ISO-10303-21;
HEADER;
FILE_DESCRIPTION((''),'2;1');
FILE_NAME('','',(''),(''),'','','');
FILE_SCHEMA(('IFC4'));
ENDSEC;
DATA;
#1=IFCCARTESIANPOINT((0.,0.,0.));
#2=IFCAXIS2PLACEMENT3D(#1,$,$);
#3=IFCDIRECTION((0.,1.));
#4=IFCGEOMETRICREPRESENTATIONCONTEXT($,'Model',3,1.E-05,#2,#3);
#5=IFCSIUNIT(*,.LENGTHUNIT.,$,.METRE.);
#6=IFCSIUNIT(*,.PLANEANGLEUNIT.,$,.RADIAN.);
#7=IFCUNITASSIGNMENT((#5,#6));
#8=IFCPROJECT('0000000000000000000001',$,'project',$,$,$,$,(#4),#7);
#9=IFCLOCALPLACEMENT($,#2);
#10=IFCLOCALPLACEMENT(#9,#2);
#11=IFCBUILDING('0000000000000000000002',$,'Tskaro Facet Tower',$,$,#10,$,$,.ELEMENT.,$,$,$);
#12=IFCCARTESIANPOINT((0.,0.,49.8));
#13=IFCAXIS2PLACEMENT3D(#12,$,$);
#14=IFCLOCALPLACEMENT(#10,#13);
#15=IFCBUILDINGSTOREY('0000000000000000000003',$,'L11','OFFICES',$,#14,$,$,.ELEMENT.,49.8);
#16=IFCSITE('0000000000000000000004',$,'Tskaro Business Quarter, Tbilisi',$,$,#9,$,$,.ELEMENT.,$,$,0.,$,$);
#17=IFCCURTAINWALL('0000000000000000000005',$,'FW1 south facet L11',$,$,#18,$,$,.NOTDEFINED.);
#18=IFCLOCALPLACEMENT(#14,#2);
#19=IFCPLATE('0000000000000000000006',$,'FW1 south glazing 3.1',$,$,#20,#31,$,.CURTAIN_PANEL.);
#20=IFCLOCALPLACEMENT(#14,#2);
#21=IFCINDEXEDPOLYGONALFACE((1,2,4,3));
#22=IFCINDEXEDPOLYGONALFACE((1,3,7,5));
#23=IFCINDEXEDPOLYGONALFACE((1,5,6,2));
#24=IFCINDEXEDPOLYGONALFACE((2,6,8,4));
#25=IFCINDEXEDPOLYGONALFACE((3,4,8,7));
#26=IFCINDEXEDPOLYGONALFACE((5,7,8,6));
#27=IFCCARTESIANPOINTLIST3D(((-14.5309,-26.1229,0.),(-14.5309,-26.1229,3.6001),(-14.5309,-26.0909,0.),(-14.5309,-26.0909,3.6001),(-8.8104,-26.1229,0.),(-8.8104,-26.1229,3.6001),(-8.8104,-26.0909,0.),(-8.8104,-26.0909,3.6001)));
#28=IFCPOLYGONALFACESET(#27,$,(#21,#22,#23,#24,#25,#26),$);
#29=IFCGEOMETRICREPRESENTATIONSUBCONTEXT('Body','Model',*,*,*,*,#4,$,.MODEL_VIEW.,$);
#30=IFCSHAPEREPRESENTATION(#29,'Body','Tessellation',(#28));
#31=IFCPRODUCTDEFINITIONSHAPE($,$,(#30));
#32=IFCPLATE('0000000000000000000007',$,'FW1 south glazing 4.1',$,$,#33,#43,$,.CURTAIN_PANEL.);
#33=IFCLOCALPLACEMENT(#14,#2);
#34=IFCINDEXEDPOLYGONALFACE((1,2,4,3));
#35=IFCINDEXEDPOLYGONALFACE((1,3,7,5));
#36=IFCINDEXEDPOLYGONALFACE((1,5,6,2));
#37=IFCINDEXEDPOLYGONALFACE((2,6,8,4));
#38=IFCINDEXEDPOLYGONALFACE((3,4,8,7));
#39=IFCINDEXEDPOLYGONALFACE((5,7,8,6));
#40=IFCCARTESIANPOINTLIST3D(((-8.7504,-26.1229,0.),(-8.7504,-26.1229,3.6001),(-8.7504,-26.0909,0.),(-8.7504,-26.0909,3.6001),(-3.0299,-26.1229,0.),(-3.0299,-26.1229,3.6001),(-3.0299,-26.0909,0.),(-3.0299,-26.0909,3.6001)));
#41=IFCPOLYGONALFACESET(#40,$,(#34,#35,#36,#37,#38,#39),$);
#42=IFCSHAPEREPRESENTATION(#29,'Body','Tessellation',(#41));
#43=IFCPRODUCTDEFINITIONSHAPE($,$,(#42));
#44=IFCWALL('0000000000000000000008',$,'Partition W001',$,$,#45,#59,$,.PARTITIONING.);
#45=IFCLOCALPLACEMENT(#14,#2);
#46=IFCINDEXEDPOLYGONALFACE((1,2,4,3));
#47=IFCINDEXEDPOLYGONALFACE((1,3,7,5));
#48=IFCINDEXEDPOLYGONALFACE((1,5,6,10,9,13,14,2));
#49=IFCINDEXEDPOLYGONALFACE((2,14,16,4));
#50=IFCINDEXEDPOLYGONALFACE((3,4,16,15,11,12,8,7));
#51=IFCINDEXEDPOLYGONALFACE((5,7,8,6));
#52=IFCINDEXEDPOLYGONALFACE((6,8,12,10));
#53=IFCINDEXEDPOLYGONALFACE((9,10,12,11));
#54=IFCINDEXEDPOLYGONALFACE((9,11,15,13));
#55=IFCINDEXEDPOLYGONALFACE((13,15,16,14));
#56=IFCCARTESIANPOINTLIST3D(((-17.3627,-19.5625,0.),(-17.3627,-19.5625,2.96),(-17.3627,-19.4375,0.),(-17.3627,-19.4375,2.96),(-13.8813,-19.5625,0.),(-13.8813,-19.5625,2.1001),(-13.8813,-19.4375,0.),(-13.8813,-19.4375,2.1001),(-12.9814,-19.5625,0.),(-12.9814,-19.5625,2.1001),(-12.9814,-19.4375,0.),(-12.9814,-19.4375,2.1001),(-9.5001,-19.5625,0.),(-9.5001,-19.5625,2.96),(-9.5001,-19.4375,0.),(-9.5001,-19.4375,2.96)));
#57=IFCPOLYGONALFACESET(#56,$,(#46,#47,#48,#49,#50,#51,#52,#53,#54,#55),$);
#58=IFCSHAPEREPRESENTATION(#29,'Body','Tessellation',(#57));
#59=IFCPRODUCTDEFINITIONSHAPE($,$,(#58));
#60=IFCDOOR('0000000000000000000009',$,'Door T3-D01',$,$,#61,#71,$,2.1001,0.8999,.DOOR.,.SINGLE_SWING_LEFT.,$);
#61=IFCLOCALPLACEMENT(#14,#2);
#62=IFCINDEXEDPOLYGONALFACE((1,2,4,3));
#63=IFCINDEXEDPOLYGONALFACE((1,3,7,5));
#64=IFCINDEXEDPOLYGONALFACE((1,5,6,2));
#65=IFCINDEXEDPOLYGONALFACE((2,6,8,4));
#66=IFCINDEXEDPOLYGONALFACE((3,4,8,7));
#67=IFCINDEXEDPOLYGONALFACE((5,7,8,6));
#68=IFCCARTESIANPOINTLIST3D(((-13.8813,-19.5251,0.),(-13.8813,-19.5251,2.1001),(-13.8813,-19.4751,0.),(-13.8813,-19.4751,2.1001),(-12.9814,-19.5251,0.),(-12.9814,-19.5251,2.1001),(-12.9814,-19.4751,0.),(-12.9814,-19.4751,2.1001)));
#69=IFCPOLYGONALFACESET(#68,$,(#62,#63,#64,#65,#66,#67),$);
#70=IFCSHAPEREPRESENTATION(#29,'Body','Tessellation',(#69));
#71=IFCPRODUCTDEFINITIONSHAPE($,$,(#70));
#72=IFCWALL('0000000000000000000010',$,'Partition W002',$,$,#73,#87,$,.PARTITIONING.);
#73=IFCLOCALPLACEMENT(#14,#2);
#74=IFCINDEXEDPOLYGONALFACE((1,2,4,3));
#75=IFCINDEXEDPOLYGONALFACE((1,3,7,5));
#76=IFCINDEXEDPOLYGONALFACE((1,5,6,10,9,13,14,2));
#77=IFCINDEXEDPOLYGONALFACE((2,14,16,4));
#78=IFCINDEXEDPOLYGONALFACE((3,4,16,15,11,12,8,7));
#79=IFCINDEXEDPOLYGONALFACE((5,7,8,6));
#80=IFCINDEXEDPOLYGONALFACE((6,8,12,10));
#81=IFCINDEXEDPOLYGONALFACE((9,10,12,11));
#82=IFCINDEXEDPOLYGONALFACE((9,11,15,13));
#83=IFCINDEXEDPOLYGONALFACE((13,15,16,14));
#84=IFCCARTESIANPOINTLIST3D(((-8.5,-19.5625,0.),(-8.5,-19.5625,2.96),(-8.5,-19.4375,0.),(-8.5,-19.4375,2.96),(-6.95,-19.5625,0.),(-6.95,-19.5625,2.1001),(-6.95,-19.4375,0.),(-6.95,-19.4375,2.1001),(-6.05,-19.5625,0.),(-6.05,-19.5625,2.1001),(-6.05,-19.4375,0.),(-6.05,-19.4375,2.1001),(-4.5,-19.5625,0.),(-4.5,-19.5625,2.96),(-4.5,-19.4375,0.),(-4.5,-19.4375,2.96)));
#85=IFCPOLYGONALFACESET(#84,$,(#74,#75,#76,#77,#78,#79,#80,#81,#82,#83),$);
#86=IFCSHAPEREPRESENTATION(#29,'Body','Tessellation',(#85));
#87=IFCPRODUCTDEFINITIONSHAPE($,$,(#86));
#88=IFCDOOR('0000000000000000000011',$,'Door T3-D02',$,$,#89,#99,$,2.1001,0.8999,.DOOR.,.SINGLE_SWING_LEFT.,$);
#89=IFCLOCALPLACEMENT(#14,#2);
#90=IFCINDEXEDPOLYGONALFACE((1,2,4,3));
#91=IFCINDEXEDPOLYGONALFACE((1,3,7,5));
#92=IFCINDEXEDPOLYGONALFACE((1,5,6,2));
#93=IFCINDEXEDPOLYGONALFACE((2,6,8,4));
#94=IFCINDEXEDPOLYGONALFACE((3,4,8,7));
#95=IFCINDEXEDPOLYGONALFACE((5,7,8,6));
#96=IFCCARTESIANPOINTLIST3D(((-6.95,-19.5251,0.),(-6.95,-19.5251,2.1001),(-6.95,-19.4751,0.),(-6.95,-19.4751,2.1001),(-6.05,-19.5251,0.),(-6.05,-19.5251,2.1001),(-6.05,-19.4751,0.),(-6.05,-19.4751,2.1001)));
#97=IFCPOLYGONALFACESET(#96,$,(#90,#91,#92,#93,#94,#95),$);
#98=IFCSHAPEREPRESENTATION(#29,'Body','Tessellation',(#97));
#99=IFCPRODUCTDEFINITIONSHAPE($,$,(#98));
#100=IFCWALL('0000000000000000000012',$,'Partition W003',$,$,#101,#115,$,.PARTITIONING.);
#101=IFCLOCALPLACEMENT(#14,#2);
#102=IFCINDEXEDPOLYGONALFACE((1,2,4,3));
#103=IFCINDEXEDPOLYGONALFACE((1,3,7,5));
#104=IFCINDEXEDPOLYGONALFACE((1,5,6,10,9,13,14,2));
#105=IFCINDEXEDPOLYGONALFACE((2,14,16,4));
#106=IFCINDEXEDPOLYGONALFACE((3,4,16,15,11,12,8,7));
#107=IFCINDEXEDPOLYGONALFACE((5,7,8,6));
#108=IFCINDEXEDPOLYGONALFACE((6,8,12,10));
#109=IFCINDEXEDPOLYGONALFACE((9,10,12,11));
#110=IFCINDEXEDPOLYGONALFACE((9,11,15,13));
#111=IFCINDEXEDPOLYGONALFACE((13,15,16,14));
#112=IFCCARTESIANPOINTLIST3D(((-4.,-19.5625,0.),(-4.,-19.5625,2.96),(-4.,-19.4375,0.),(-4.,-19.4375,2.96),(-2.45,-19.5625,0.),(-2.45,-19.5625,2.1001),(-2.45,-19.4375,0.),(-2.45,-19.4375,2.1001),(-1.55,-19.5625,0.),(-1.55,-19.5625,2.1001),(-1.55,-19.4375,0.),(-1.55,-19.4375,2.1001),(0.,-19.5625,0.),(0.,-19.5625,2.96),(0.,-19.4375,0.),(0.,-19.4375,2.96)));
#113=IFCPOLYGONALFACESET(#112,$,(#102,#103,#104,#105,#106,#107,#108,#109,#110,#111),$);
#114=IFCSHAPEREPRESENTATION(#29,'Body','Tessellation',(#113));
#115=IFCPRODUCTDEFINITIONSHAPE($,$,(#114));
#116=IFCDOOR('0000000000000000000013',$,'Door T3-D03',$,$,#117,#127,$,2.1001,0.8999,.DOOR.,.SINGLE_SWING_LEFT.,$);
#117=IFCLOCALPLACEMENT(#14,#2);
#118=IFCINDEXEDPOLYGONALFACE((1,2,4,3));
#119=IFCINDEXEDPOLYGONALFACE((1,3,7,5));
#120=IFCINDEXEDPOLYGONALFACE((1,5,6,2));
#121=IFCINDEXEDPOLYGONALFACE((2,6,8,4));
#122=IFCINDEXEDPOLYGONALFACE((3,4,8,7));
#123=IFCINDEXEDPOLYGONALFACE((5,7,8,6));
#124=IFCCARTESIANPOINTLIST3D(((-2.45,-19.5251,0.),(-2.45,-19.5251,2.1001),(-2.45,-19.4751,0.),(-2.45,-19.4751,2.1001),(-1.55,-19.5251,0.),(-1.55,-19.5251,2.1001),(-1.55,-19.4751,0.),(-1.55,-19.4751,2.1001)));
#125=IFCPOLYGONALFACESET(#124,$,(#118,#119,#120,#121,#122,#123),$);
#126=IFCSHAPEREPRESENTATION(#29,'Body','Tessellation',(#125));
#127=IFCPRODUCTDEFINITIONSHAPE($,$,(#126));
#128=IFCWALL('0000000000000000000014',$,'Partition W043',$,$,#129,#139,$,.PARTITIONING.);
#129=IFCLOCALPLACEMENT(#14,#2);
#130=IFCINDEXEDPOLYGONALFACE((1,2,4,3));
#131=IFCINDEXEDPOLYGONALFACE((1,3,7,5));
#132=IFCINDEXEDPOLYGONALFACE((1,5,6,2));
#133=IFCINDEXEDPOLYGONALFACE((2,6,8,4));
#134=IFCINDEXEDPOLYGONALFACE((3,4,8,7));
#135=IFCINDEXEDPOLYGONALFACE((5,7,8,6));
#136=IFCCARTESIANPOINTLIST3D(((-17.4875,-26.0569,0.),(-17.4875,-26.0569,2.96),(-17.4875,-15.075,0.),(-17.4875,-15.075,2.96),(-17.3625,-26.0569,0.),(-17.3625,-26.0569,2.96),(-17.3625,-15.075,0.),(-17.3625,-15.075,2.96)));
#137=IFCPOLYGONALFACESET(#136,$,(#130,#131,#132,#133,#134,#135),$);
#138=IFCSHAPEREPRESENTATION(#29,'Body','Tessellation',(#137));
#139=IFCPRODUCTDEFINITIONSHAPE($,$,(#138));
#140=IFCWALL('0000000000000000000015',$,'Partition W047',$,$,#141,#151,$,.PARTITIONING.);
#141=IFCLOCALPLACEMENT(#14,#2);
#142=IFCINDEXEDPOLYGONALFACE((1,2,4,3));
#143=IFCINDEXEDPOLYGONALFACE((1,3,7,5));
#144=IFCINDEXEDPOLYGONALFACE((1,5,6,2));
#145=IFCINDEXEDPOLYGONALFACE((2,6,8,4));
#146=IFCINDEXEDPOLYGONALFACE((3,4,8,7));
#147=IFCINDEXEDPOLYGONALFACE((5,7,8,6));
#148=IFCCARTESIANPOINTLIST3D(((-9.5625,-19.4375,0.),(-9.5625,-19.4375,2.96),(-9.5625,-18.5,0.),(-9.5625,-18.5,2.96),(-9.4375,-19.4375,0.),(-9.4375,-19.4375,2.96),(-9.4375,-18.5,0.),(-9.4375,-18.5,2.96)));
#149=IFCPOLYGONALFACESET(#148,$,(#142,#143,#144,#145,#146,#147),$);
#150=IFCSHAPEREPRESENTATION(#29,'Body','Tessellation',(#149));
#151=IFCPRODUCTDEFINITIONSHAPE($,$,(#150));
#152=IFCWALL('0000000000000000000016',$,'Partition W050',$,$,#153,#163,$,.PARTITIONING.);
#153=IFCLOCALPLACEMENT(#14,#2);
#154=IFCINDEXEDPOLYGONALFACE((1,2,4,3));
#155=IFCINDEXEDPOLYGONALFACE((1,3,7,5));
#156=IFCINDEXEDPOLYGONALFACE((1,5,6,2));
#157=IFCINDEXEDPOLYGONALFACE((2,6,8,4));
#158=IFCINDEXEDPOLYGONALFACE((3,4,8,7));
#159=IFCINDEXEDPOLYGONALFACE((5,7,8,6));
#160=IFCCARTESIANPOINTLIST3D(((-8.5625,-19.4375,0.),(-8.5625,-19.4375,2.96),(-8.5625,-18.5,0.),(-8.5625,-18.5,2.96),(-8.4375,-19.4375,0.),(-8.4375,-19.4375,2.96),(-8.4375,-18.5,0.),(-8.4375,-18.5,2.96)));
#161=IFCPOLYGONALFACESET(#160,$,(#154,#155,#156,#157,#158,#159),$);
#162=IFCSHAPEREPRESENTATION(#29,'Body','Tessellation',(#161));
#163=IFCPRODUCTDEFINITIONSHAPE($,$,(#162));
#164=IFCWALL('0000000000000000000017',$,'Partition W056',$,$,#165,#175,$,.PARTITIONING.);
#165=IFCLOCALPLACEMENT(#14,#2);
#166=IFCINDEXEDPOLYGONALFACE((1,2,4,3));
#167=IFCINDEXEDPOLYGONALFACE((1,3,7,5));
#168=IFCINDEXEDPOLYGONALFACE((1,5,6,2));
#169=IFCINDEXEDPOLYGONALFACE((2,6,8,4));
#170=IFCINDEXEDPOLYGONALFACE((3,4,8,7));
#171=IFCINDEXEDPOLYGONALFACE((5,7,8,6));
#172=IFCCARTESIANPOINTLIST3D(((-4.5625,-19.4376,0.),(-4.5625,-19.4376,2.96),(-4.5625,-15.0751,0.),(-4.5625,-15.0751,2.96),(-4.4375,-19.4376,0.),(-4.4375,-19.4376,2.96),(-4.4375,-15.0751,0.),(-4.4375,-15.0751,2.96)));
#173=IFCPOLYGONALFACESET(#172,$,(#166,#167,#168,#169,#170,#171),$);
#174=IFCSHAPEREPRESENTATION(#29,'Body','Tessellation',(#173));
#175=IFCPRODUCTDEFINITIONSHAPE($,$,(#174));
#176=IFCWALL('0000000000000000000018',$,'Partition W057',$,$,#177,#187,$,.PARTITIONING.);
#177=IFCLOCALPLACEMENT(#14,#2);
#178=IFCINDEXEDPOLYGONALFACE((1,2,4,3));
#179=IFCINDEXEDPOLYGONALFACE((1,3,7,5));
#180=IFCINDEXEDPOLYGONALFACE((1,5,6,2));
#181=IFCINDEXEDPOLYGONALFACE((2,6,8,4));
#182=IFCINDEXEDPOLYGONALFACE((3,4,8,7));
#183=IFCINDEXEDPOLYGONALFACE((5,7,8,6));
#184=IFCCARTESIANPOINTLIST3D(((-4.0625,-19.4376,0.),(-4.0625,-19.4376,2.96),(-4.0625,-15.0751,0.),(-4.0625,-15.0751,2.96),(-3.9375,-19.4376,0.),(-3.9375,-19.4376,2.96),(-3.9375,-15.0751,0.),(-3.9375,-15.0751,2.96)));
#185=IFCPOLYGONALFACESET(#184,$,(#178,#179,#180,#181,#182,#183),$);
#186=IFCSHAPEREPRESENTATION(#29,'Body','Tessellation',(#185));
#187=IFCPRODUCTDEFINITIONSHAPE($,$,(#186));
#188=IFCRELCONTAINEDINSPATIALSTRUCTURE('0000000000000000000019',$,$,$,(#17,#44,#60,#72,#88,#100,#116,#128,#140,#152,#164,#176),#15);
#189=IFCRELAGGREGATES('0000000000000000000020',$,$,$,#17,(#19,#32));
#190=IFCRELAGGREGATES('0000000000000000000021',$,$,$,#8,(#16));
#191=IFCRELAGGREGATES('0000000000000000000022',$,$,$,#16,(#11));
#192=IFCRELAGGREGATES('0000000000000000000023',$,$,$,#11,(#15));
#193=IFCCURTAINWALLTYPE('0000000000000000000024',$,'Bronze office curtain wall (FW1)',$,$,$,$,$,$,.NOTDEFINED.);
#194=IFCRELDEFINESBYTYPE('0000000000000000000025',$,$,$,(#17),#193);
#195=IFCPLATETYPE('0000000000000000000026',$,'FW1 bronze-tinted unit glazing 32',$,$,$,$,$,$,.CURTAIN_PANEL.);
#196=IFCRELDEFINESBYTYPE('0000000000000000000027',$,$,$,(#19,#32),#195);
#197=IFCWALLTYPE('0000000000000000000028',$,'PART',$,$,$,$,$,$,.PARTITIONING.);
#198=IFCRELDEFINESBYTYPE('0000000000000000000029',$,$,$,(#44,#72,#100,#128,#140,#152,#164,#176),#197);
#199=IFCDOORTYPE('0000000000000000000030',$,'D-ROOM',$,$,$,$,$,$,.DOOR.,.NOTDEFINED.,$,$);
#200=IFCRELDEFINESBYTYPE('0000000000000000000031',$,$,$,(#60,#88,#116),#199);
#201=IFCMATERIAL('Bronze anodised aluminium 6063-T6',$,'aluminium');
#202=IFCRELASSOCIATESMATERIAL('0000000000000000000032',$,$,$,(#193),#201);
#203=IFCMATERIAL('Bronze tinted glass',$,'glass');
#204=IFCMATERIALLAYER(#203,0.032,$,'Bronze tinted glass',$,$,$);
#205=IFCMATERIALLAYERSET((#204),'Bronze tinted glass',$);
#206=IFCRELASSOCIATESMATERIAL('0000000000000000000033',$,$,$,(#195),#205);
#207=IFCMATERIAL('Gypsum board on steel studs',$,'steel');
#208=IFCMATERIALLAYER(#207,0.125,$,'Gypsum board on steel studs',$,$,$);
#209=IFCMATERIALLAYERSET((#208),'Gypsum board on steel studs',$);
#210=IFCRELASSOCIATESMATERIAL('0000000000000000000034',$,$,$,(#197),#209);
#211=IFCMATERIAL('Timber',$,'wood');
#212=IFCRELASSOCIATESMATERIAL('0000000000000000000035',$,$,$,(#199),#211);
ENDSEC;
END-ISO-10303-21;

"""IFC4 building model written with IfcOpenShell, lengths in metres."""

from ifc_helpers import new_model, si_unit, direction, frame, frame_2d, origin, origin_2d, place, context, subcontext, project, spatial, rectangle, extrude, material, layer, layer_set, type_object, element, fill, aggregate, save


model = new_model("IFC4")

# Units and contexts
model_context = context("Model", 3, precision=1e-05, world=origin(), true_north=direction((0.0, 1.0)))
body_context = subcontext(model_context, "Body", "Model", "MODEL_VIEW")
ifc_project = project(units=[si_unit("LENGTHUNIT", "METRE"), si_unit("PLANEANGLEUNIT", "RADIAN")], contexts=[model_context])

# Site, building, storey
site_placement = place(None, origin())
site = spatial("IfcSite", under=ifc_project, at=site_placement, Name="Tskaro Business Quarter, Tbilisi", CompositionType="ELEMENT", RefElevation=0.0)
building_placement = place(site_placement, origin())
building = spatial("IfcBuilding", under=site, at=building_placement, Name="Tskaro Facet Tower", CompositionType="ELEMENT")
storey_placement = place(building_placement, frame((0.0, 0.0, 49.8)))
storey = spatial("IfcBuildingStorey", under=building, at=storey_placement, Name="L11", Description="OFFICES", CompositionType="ELEMENT", Elevation=49.8)

# Curtain wall
ifc_material_1 = material(Name="Bronze anodised aluminium 6063-T6", Category="aluminium")
curtain_wall_type = type_object("IfcCurtainWallType", Name="Bronze office curtain wall (FW1)", PredefinedType="NOTDEFINED", material=ifc_material_1)
curtain_wall_placement = place(storey_placement, origin())
curtain_wall = element("IfcCurtainWall", 1, at=curtain_wall_placement, inside=storey, type_object=curtain_wall_type, Name="FW1 south facet L11", PredefinedType="NOTDEFINED")

# Plates
ifc_material_2 = material(Name="Bronze tinted glass", Category="glass")
ifc_layer_1 = layer(ifc_material_2, 0.032, Name="Bronze tinted glass")
ifc_layer_set_1 = layer_set([ifc_layer_1], Name="Bronze tinted glass")
plate_type = type_object("IfcPlateType", Name="FW1 bronze-tinted unit glazing 32", PredefinedType="CURTAIN_PANEL", material=ifc_layer_set_1)
plate_1_placement = place(storey_placement, frame((-11.6707, -26.1069, 0.0), z_axis=(0.0, 0.0, 1.0), x_axis=(1.0, 0.0, 0.0)))
plate_1 = element("IfcPlate", 2, at=plate_1_placement, type_object=plate_type, Name="FW1 south glazing 3.1", PredefinedType="CURTAIN_PANEL", context=body_context, shape_type="SweptSolid", body=[
    extrude(rectangle(XDim=5.7205, YDim=0.032, at=origin_2d()), origin(), (0.0, 0.0, 1.0), 3.6001),
])
plate_2_placement = place(storey_placement, frame((-5.8901, -26.1069, 0.0), z_axis=(0.0, 0.0, 1.0), x_axis=(1.0, 0.0, 0.0)))
plate_2 = element("IfcPlate", 3, at=plate_2_placement, type_object=plate_type, Name="FW1 south glazing 4.1", PredefinedType="CURTAIN_PANEL", context=body_context, shape_type="SweptSolid", body=[
    extrude(rectangle(XDim=5.7205, YDim=0.032, at=origin_2d()), origin(), (0.0, 0.0, 1.0), 3.6001),
])
aggregate(curtain_wall, [plate_1, plate_2])

# Walls, openings, doors
ifc_material_3 = material(Name="Gypsum board on steel studs", Category="steel")
ifc_layer_2 = layer(ifc_material_3, 0.125, Name="Gypsum board on steel studs")
ifc_layer_set_2 = layer_set([ifc_layer_2], Name="Gypsum board on steel studs")
wall_type = type_object("IfcWallType", Name="PART", PredefinedType="PARTITIONING", material=ifc_layer_set_2)
wall_1_placement = place(storey_placement, frame((-17.3625, -19.5, 0.0), z_axis=(0.0, 0.0, 1.0), x_axis=(1.0, 0.0, 0.0)))
wall_1 = element("IfcWall", 4, at=wall_1_placement, inside=storey, type_object=wall_type, Name="Partition W001", PredefinedType="PARTITIONING", context=body_context, shape_type="SweptSolid", body=[
    extrude(rectangle(XDim=7.8625, YDim=0.125, at=frame_2d((3.9312, 0.0))), origin(), (0.0, 0.0, 1.0), 2.96),
])
opening_1_placement = place(wall_1_placement, frame((3.4812, 0.0, 0.0)))
opening_1 = element("IfcOpeningElement", 5, at=opening_1_placement, cuts=wall_1, PredefinedType="OPENING", context=body_context, shape_type="SweptSolid", body=[
    extrude(rectangle(XDim=0.8999, YDim=2.1001, at=frame_2d((0.45, 1.05))), frame((0.0, 0.0725, 0.0), z_axis=(0.0, -1.0, 0.0), x_axis=(1.0, 0.0, 0.0)), (0.0, 0.0, 1.0), 0.145),
])
ifc_material_4 = material(Name="Timber", Category="wood")
door_type = type_object("IfcDoorType", Name="D-ROOM", OperationType="NOTDEFINED", PredefinedType="DOOR", material=ifc_material_4)
door_1_placement = place(opening_1_placement, origin())
door_1 = element("IfcDoor", 6, at=door_1_placement, inside=storey, type_object=door_type, Name="Door T3-D01", OperationType="SINGLE_SWING_LEFT", OverallHeight=2.1001, OverallWidth=0.8999, PredefinedType="DOOR", context=body_context, shape_type="SweptSolid", body=[
    extrude(rectangle(XDim=0.8999, YDim=2.1001, at=frame_2d((0.45, 1.05))), frame((0.0, 0.0249, 0.0), z_axis=(0.0, -1.0, 0.0), x_axis=(1.0, 0.0, 0.0)), (0.0, 0.0, 1.0), 0.05),
])
fill(opening_1, door_1)
wall_2_placement = place(storey_placement, frame((-8.5, -19.5, 0.0), z_axis=(0.0, 0.0, 1.0), x_axis=(1.0, 0.0, 0.0)))
wall_2 = element("IfcWall", 7, at=wall_2_placement, inside=storey, type_object=wall_type, Name="Partition W002", PredefinedType="PARTITIONING", context=body_context, shape_type="SweptSolid", body=[
    extrude(rectangle(XDim=4.0, YDim=0.125, at=frame_2d((2.0, 0.0))), origin(), (0.0, 0.0, 1.0), 2.96),
])
opening_2_placement = place(wall_2_placement, frame((1.55, 0.0, 0.0)))
opening_2 = element("IfcOpeningElement", 8, at=opening_2_placement, cuts=wall_2, PredefinedType="OPENING", context=body_context, shape_type="SweptSolid", body=[
    extrude(rectangle(XDim=0.8999, YDim=2.1001, at=frame_2d((0.45, 1.05))), frame((0.0, 0.0725, 0.0), z_axis=(0.0, -1.0, 0.0), x_axis=(1.0, 0.0, 0.0)), (0.0, 0.0, 1.0), 0.145),
])
door_2_placement = place(opening_2_placement, origin())
door_2 = element("IfcDoor", 9, at=door_2_placement, inside=storey, type_object=door_type, Name="Door T3-D02", OperationType="SINGLE_SWING_LEFT", OverallHeight=2.1001, OverallWidth=0.8999, PredefinedType="DOOR", context=body_context, shape_type="SweptSolid", body=[
    extrude(rectangle(XDim=0.8999, YDim=2.1001, at=frame_2d((0.45, 1.05))), frame((0.0, 0.0249, 0.0), z_axis=(0.0, -1.0, 0.0), x_axis=(1.0, 0.0, 0.0)), (0.0, 0.0, 1.0), 0.05),
])
fill(opening_2, door_2)
wall_3_placement = place(storey_placement, frame((-4.0, -19.5, 0.0), z_axis=(0.0, 0.0, 1.0), x_axis=(1.0, 0.0, 0.0)))
wall_3 = element("IfcWall", 10, at=wall_3_placement, inside=storey, type_object=wall_type, Name="Partition W003", PredefinedType="PARTITIONING", context=body_context, shape_type="SweptSolid", body=[
    extrude(rectangle(XDim=4.0, YDim=0.125, at=frame_2d((2.0, 0.0))), origin(), (0.0, 0.0, 1.0), 2.96),
])
opening_3_placement = place(wall_3_placement, frame((1.55, 0.0, 0.0)))
opening_3 = element("IfcOpeningElement", 11, at=opening_3_placement, cuts=wall_3, PredefinedType="OPENING", context=body_context, shape_type="SweptSolid", body=[
    extrude(rectangle(XDim=0.8999, YDim=2.1001, at=frame_2d((0.45, 1.05))), frame((0.0, 0.0725, 0.0), z_axis=(0.0, -1.0, 0.0), x_axis=(1.0, 0.0, 0.0)), (0.0, 0.0, 1.0), 0.145),
])
door_3_placement = place(opening_3_placement, origin())
door_3 = element("IfcDoor", 12, at=door_3_placement, inside=storey, type_object=door_type, Name="Door T3-D03", OperationType="SINGLE_SWING_LEFT", OverallHeight=2.1001, OverallWidth=0.8999, PredefinedType="DOOR", context=body_context, shape_type="SweptSolid", body=[
    extrude(rectangle(XDim=0.8999, YDim=2.1001, at=frame_2d((0.45, 1.05))), frame((0.0, 0.0249, 0.0), z_axis=(0.0, -1.0, 0.0), x_axis=(1.0, 0.0, 0.0)), (0.0, 0.0, 1.0), 0.05),
])
fill(opening_3, door_3)

# Walls
wall_4_placement = place(storey_placement, frame((-17.425, -26.0569, 0.0), z_axis=(0.0, 0.0, 1.0), x_axis=(0.0, 1.0, 0.0)))
element("IfcWall", 13, at=wall_4_placement, inside=storey, type_object=wall_type, Name="Partition W043", PredefinedType="PARTITIONING", context=body_context, shape_type="SweptSolid", body=[
    extrude(rectangle(XDim=10.9819, YDim=0.125, at=frame_2d((5.491, 0.0))), origin(), (0.0, 0.0, 1.0), 2.96),
])
for number, where, z_axis, x_axis, name in (
    (14, (-9.5, -19.4375, 0.0), (0.0, 0.0, 1.0), (0.0, 1.0, 0.0), "Partition W047"),
    (15, (-8.5, -19.4375, 0.0), (0.0, 0.0, 1.0), (0.0, 1.0, 0.0), "Partition W050"),
):
    element("IfcWall", number, at=place(storey_placement, frame(where, z_axis=z_axis, x_axis=x_axis)), inside=storey, type_object=wall_type, Name=name, PredefinedType="PARTITIONING", context=body_context, shape_type="SweptSolid", body=[
        extrude(rectangle(XDim=0.9375, YDim=0.125, at=frame_2d((0.4688, 0.0))), origin(), (0.0, 0.0, 1.0), 2.96),
    ])
for number, where, z_axis, x_axis, name in (
    (16, (-4.5, -19.4375, 0.0), (0.0, 0.0, 1.0), (0.0, 1.0, 0.0), "Partition W056"),
    (17, (-4.0, -19.4375, 0.0), (0.0, 0.0, 1.0), (0.0, 1.0, 0.0), "Partition W057"),
):
    element("IfcWall", number, at=place(storey_placement, frame(where, z_axis=z_axis, x_axis=x_axis)), inside=storey, type_object=wall_type, Name=name, PredefinedType="PARTITIONING", context=body_context, shape_type="SweptSolid", body=[
        extrude(rectangle(XDim=4.3625, YDim=0.125, at=frame_2d((2.1812, 0.0))), origin(), (0.0, 0.0, 1.0), 2.96),
    ])

save(model, "model.ifc")
